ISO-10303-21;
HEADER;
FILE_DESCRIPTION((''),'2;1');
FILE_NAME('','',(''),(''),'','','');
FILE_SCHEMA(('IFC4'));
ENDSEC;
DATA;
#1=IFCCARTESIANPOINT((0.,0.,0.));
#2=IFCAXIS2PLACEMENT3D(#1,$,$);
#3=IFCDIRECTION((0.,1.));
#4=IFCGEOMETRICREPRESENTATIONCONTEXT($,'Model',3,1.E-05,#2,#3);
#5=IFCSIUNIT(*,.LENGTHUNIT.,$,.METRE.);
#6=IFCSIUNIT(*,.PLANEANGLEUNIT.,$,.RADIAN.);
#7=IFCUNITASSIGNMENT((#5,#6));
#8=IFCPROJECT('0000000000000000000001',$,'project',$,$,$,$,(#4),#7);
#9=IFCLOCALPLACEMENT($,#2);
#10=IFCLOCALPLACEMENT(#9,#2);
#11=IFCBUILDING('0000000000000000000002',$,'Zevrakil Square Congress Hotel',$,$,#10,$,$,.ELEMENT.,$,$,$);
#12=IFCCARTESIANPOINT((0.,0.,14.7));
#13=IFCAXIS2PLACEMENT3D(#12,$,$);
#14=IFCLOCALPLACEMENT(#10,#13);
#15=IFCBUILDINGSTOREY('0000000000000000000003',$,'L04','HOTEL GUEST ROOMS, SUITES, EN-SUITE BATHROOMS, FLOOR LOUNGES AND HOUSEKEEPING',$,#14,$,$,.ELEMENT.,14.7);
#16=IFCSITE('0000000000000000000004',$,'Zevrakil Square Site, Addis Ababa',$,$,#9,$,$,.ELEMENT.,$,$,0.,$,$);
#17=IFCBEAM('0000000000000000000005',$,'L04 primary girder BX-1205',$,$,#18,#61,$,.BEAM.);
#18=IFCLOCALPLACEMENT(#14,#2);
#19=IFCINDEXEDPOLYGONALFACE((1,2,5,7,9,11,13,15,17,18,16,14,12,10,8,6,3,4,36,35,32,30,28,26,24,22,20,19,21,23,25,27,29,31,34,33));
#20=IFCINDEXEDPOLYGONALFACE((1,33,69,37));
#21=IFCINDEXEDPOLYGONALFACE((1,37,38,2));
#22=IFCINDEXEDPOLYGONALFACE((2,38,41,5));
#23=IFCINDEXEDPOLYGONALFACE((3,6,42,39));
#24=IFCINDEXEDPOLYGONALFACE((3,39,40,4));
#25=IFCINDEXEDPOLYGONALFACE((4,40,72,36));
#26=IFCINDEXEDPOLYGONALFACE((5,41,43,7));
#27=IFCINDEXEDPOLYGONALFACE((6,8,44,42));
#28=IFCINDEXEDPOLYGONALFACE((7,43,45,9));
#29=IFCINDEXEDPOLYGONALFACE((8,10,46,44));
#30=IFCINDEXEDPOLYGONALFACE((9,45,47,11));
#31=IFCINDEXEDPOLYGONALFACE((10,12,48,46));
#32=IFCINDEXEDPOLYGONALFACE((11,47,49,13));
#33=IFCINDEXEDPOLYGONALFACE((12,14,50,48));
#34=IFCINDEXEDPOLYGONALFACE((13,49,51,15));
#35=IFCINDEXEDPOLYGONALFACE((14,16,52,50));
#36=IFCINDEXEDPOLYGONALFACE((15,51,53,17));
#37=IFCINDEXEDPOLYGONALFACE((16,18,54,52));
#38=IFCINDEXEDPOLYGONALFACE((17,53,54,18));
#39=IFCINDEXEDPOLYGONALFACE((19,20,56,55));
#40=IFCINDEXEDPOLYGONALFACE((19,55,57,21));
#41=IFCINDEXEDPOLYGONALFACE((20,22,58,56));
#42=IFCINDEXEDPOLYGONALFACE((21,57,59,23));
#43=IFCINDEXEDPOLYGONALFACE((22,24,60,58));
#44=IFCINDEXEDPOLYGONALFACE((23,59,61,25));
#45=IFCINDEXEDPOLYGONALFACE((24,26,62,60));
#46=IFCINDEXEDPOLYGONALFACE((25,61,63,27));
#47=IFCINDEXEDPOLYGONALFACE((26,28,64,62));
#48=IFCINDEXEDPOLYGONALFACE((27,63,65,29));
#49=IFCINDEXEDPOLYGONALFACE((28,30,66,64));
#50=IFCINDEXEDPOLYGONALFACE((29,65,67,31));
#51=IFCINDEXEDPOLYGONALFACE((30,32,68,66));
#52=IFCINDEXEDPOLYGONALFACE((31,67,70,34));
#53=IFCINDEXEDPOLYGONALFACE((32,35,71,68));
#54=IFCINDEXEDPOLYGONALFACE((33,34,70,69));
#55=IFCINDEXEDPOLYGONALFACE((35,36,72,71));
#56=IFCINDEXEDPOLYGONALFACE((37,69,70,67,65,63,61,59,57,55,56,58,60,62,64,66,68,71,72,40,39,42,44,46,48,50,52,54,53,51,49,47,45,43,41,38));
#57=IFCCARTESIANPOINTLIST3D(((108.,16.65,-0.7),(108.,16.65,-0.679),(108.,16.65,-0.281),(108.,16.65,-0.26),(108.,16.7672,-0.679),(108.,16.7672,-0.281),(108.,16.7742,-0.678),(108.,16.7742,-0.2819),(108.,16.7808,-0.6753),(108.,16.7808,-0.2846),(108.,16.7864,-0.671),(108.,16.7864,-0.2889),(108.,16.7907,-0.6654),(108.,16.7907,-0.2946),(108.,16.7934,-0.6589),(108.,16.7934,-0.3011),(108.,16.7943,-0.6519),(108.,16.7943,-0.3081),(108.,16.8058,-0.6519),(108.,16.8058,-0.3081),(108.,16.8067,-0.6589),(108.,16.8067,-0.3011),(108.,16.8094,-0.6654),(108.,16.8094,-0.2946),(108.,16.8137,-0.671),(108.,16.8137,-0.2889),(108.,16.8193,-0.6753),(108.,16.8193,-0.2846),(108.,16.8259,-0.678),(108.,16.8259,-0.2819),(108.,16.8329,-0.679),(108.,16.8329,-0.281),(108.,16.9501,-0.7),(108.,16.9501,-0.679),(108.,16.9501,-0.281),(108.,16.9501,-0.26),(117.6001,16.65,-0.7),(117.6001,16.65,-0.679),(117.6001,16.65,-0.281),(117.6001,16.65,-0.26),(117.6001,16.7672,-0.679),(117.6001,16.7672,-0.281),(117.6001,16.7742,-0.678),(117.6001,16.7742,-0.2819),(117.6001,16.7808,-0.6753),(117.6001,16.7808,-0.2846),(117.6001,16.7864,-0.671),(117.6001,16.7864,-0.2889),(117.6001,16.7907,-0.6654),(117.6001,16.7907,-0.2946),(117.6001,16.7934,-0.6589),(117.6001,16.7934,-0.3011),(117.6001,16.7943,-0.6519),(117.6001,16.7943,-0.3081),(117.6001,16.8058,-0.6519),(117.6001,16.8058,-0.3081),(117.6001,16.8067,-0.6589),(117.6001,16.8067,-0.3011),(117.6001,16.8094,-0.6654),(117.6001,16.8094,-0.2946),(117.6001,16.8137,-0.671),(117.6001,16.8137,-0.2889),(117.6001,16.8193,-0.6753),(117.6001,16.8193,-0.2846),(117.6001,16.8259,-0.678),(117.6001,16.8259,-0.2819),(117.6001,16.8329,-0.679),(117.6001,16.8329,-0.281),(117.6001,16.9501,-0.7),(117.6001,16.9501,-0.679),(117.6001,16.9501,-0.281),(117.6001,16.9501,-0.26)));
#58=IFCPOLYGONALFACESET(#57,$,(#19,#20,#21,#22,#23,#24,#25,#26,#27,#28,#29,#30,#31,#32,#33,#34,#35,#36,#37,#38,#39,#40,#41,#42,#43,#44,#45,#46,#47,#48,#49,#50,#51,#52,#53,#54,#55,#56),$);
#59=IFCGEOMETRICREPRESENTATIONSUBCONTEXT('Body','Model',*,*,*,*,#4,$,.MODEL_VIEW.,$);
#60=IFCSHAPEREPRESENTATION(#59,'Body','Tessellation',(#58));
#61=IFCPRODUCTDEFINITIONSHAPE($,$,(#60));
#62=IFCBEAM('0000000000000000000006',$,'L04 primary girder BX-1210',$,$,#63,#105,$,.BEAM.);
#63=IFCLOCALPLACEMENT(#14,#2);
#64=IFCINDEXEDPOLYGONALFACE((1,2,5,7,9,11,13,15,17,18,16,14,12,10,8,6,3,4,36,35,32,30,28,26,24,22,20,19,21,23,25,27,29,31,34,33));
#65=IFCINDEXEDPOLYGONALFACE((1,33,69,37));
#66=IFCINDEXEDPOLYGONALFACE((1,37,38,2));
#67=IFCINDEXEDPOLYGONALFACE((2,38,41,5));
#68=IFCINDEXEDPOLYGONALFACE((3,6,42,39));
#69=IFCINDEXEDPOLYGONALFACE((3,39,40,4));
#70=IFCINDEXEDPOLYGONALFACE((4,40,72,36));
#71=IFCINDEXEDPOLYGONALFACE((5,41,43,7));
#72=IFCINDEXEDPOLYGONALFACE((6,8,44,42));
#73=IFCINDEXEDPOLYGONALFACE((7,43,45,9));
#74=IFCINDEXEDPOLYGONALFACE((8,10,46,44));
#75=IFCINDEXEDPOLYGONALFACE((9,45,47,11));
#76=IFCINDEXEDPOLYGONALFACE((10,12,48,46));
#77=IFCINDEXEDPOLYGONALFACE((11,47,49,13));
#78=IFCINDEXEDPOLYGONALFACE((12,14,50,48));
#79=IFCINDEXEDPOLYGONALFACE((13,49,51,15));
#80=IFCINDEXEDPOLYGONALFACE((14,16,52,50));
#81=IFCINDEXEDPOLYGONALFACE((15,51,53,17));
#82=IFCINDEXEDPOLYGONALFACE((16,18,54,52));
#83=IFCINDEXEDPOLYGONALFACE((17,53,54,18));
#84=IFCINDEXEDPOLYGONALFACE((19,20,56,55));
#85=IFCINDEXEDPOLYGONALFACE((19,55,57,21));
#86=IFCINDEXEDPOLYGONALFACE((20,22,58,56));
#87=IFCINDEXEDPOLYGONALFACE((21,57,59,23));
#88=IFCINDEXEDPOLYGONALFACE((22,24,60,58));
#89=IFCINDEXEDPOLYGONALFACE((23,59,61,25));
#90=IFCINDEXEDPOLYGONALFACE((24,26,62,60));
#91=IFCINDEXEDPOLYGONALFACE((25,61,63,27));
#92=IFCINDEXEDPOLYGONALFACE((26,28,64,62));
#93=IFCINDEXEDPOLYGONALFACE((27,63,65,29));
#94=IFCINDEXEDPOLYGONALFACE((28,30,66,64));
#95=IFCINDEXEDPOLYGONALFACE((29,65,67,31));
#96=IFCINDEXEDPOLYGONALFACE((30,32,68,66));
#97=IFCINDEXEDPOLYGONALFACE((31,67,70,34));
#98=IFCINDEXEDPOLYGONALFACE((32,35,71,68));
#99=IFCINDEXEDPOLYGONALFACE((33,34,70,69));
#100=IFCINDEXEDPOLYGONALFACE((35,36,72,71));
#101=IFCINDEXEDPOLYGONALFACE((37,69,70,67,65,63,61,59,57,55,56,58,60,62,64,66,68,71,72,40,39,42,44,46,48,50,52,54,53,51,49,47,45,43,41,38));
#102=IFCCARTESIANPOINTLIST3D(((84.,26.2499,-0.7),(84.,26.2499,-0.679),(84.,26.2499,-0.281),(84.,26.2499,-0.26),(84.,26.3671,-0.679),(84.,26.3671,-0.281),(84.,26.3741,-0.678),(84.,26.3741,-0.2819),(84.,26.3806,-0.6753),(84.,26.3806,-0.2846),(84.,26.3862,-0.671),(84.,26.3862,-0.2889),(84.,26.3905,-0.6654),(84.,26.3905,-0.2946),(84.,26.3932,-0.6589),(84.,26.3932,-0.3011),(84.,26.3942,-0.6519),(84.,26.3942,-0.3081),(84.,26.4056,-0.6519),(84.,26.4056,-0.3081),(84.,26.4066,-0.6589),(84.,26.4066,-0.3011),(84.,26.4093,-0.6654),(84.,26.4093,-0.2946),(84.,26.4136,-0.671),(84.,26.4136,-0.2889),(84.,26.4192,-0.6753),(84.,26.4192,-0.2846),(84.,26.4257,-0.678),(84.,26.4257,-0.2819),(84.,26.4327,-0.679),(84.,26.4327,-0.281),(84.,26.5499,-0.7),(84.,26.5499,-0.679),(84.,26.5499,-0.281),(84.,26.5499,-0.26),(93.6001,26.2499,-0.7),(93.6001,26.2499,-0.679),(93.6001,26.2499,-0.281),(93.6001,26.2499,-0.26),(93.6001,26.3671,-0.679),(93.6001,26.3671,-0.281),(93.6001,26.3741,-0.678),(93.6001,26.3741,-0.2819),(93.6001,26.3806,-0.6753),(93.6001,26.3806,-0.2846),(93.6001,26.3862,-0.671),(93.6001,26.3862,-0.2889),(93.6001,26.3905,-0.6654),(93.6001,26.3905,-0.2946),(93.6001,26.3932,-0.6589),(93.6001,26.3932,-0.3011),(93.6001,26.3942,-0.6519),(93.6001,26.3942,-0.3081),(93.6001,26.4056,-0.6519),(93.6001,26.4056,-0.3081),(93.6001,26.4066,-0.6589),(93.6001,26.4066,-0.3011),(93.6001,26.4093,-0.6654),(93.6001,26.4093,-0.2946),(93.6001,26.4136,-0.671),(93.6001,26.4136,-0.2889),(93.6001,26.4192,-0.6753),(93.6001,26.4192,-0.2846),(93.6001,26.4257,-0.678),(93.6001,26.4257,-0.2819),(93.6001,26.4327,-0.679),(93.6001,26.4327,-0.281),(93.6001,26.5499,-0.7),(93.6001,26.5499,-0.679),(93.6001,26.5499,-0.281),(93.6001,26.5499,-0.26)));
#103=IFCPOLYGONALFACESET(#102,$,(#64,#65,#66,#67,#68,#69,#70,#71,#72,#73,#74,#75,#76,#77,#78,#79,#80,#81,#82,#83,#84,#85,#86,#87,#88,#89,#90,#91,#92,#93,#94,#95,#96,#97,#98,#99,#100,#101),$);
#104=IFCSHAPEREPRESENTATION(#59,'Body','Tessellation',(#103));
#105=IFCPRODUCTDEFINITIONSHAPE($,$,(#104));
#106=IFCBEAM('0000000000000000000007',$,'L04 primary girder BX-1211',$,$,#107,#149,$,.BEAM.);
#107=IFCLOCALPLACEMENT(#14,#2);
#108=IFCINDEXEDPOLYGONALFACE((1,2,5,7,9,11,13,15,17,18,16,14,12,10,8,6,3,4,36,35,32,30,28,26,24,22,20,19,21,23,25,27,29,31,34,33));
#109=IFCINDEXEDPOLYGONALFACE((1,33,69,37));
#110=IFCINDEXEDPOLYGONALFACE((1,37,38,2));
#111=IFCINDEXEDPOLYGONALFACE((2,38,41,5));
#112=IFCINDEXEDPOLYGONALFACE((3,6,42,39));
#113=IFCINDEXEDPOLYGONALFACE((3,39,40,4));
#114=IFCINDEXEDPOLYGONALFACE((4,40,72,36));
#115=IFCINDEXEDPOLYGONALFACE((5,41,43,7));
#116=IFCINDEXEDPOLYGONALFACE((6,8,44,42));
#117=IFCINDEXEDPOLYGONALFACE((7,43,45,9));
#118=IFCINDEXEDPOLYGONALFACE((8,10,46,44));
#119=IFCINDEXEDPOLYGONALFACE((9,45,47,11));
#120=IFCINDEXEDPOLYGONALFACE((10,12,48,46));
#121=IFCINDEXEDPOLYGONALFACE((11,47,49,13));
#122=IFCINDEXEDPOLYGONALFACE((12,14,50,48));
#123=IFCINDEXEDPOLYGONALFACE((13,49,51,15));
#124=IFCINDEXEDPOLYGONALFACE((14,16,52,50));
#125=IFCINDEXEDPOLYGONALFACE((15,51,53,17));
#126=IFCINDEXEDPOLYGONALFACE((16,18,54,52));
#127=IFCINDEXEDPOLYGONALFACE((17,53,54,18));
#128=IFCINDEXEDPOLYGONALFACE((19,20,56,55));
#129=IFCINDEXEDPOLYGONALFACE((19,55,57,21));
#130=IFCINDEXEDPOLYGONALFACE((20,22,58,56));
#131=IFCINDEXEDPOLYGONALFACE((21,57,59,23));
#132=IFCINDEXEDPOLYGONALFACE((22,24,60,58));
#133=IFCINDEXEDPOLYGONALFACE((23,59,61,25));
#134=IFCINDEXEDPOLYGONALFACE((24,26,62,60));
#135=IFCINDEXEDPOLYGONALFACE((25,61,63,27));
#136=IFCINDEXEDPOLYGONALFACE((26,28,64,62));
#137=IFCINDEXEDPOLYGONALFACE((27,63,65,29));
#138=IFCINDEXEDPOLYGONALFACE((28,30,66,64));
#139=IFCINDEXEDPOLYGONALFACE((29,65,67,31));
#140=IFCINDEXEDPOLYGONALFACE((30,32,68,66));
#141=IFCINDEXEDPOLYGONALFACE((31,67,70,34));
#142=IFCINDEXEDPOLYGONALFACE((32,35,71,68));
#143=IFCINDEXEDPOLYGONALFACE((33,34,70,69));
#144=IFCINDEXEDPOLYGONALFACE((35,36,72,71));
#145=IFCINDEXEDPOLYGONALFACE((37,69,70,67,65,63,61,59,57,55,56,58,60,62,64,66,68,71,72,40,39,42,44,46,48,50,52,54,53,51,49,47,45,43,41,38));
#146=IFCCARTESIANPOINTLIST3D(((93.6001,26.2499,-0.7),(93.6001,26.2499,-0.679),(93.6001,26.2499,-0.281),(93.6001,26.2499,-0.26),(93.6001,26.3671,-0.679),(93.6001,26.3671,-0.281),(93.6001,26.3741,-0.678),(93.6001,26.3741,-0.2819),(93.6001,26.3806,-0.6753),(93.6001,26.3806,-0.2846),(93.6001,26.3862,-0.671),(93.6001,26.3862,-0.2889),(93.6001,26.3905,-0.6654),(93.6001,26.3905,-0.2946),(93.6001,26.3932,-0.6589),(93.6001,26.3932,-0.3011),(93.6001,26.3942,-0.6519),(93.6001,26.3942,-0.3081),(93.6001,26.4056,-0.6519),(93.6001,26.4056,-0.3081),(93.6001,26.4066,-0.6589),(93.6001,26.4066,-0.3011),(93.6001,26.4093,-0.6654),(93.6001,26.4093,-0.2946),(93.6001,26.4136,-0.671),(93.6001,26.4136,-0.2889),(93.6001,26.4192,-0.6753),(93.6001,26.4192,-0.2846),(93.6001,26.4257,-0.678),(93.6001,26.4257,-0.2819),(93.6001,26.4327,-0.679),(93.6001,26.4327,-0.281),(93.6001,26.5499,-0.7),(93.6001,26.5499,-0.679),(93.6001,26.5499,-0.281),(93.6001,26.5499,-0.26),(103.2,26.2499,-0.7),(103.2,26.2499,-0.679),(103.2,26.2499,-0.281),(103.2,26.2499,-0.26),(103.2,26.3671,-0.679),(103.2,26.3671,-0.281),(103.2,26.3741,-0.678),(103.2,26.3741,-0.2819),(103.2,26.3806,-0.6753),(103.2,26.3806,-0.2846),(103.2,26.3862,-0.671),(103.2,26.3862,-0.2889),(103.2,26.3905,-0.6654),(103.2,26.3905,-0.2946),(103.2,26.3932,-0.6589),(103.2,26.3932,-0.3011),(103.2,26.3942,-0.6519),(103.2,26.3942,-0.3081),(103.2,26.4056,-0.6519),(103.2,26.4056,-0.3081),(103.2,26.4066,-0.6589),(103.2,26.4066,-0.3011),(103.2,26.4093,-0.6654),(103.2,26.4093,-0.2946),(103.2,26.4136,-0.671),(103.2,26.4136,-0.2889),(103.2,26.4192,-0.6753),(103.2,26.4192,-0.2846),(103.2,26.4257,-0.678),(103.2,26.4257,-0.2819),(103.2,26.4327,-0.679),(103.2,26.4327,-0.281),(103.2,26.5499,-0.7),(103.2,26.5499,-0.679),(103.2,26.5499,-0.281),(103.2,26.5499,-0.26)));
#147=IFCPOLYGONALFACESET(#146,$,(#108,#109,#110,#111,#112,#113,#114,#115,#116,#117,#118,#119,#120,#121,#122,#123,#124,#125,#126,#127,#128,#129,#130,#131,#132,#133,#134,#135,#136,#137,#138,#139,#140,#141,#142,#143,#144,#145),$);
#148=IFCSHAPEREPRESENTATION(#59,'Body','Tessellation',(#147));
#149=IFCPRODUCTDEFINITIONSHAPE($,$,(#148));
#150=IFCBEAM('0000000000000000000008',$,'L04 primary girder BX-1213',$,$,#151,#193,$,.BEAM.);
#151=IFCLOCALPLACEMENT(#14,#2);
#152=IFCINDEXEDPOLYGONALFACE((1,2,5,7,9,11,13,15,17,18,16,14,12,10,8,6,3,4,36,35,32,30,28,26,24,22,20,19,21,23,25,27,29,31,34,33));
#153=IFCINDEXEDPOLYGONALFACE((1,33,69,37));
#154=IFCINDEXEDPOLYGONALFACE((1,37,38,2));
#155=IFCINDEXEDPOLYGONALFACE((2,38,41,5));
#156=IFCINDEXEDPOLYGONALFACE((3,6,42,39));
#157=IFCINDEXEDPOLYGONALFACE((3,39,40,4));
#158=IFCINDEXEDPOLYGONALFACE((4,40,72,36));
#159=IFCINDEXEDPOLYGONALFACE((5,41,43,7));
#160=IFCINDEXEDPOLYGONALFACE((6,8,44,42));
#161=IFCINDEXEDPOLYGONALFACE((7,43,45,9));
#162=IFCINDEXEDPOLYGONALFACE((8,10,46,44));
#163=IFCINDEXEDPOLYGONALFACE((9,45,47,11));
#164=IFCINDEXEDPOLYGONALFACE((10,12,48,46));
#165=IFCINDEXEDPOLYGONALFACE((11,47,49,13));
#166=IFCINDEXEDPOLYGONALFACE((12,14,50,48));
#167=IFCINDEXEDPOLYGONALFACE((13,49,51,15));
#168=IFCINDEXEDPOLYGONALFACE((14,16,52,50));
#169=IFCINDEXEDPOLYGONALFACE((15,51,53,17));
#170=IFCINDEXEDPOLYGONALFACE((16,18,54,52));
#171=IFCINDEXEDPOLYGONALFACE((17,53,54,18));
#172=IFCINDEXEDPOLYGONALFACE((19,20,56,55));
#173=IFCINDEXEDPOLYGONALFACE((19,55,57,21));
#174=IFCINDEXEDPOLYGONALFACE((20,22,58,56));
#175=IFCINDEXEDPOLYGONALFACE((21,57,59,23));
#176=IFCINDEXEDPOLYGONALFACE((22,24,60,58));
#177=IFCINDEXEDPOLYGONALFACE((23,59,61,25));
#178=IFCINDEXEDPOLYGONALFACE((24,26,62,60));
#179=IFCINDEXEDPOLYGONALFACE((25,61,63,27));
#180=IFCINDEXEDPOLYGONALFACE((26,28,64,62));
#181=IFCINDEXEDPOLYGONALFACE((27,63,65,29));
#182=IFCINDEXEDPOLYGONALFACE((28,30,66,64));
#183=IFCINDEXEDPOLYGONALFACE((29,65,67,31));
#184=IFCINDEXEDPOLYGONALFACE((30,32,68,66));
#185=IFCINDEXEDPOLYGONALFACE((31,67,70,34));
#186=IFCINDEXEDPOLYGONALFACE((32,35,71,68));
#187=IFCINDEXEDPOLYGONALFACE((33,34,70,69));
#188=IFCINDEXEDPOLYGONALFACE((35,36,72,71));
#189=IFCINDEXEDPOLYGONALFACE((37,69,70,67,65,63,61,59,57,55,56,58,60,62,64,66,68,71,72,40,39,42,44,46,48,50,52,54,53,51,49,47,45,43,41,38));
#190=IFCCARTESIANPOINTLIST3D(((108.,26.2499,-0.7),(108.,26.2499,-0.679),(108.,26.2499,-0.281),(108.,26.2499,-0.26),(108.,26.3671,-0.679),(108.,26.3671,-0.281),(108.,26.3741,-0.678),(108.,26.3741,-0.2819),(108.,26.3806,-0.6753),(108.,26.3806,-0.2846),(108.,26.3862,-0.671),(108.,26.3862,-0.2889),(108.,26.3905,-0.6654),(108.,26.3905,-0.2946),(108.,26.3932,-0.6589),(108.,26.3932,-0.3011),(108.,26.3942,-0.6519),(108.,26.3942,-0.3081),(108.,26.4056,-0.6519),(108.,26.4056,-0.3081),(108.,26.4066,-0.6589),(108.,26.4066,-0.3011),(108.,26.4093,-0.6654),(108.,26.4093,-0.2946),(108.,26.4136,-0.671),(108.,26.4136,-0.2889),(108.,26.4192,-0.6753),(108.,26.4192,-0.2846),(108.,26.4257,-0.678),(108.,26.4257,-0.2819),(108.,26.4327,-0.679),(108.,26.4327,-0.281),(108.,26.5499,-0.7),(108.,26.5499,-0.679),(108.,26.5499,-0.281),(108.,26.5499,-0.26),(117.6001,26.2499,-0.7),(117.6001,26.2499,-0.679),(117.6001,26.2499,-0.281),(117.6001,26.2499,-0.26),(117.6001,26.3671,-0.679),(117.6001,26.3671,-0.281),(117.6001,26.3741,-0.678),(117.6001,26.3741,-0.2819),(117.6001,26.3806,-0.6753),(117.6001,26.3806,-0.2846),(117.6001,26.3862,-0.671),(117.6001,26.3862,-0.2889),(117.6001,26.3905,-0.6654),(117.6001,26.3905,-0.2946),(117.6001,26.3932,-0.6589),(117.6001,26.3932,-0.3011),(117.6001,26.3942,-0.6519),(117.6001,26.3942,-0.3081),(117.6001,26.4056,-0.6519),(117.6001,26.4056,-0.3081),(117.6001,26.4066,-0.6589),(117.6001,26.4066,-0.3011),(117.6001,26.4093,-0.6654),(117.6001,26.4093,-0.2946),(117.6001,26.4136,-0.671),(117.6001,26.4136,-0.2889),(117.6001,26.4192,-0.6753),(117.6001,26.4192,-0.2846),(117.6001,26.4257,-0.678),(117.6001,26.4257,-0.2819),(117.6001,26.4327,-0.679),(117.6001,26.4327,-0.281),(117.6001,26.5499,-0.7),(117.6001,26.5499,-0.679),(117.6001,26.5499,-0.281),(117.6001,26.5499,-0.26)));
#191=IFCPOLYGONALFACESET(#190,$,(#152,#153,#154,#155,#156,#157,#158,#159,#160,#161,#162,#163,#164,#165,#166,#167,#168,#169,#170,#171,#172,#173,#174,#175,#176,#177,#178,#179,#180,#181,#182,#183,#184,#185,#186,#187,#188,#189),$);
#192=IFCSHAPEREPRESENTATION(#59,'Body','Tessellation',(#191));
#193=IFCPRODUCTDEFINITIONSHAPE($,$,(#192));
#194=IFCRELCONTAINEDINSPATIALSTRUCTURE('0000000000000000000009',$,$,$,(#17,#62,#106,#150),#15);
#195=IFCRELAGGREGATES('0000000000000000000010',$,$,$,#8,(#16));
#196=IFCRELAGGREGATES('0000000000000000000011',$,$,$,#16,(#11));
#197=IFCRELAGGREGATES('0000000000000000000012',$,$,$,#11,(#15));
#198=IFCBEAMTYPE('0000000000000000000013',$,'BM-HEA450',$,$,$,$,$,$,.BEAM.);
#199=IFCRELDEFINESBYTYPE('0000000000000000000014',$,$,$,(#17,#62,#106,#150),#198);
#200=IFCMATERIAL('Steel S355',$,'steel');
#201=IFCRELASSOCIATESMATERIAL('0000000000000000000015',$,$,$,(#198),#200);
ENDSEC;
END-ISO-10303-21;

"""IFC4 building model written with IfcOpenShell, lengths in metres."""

from ifc_helpers import new_model, si_unit, direction, frame, origin, origin_2d, place, context, subcontext, project, spatial, i_section, extrude, material, material_profile, profile_set, type_object, element, save


model = new_model("IFC4")

# Units and contexts
model_context = context("Model", 3, precision=1e-05, world=origin(), true_north=direction((0.0, 1.0)))
body_context = subcontext(model_context, "Body", "Model", "MODEL_VIEW")
ifc_project = project(units=[si_unit("LENGTHUNIT", "METRE"), si_unit("PLANEANGLEUNIT", "RADIAN")], contexts=[model_context])

# Site, building, storey
site_placement = place(None, origin())
site = spatial("IfcSite", under=ifc_project, at=site_placement, Name="Zevrakil Square Site, Addis Ababa", CompositionType="ELEMENT", RefElevation=0.0)
building_placement = place(site_placement, origin())
building = spatial("IfcBuilding", under=site, at=building_placement, Name="Zevrakil Square Congress Hotel", CompositionType="ELEMENT")
storey_placement = place(building_placement, frame((0.0, 0.0, 14.7)))
storey = spatial("IfcBuildingStorey", under=building, at=storey_placement, Name="L04", Description="HOTEL GUEST ROOMS, SUITES, EN-SUITE BATHROOMS, FLOOR LOUNGES AND HOUSEKEEPING", CompositionType="ELEMENT", Elevation=14.7)

# Beams
ifc_material_1 = material(Name="Steel S355", Category="steel")
ifc_material_profile_1 = material_profile(ifc_material_1, i_section(OverallWidth=0.3, OverallDepth=0.4399, WebThickness=0.0115, FlangeThickness=0.021, FilletRadius=0.0271, at=origin_2d()), Name="HEA 450")
ifc_profile_set_1 = profile_set([ifc_material_profile_1], Name="Steel S355")
beam_type_1 = type_object("IfcBeamType", Name="BM-HEA450", PredefinedType="BEAM", material=ifc_profile_set_1)
for number, where, z_axis, x_axis, name in (
    (1, (108.0, 16.8, -0.48), (1.0, 0.0, 0.0), (0.0, 1.0, 0.0), "L04 primary girder BX-1205"),
    (2, (84.0, 26.3999, -0.48), (1.0, 0.0, 0.0), (0.0, 1.0, 0.0), "L04 primary girder BX-1210"),
):
    element("IfcBeam", number, at=place(storey_placement, frame(where, z_axis=z_axis, x_axis=x_axis)), inside=storey, type_object=beam_type_1, Name=name, PredefinedType="BEAM", context=body_context, shape_type="SweptSolid", body=[
        extrude(i_section(OverallWidth=0.3, OverallDepth=0.4399, WebThickness=0.0115, FlangeThickness=0.021, FilletRadius=0.0271, at=origin_2d()), origin(), (0.0, 0.0, 1.0), 9.6001),
    ])
beam_1_placement = place(storey_placement, frame((93.6001, 26.3999, -0.48), z_axis=(1.0, 0.0, 0.0), x_axis=(0.0, 1.0, 0.0)))
element("IfcBeam", 3, at=beam_1_placement, inside=storey, type_object=beam_type_1, Name="L04 primary girder BX-1211", PredefinedType="BEAM", context=body_context, shape_type="SweptSolid", body=[
    extrude(i_section(OverallWidth=0.3, OverallDepth=0.4399, WebThickness=0.0115, FlangeThickness=0.021, FilletRadius=0.0271, at=origin_2d()), origin(), (0.0, 0.0, 1.0), 9.5999),
])
beam_2_placement = place(storey_placement, frame((108.0, 26.3999, -0.48), z_axis=(1.0, 0.0, 0.0), x_axis=(0.0, 1.0, 0.0)))
element("IfcBeam", 4, at=beam_2_placement, inside=storey, type_object=beam_type_1, Name="L04 primary girder BX-1213", PredefinedType="BEAM", context=body_context, shape_type="SweptSolid", body=[
    extrude(i_section(OverallWidth=0.3, OverallDepth=0.4399, WebThickness=0.0115, FlangeThickness=0.021, FilletRadius=0.0271, at=origin_2d()), origin(), (0.0, 0.0, 1.0), 9.6001),
])

save(model, "model.ifc")
